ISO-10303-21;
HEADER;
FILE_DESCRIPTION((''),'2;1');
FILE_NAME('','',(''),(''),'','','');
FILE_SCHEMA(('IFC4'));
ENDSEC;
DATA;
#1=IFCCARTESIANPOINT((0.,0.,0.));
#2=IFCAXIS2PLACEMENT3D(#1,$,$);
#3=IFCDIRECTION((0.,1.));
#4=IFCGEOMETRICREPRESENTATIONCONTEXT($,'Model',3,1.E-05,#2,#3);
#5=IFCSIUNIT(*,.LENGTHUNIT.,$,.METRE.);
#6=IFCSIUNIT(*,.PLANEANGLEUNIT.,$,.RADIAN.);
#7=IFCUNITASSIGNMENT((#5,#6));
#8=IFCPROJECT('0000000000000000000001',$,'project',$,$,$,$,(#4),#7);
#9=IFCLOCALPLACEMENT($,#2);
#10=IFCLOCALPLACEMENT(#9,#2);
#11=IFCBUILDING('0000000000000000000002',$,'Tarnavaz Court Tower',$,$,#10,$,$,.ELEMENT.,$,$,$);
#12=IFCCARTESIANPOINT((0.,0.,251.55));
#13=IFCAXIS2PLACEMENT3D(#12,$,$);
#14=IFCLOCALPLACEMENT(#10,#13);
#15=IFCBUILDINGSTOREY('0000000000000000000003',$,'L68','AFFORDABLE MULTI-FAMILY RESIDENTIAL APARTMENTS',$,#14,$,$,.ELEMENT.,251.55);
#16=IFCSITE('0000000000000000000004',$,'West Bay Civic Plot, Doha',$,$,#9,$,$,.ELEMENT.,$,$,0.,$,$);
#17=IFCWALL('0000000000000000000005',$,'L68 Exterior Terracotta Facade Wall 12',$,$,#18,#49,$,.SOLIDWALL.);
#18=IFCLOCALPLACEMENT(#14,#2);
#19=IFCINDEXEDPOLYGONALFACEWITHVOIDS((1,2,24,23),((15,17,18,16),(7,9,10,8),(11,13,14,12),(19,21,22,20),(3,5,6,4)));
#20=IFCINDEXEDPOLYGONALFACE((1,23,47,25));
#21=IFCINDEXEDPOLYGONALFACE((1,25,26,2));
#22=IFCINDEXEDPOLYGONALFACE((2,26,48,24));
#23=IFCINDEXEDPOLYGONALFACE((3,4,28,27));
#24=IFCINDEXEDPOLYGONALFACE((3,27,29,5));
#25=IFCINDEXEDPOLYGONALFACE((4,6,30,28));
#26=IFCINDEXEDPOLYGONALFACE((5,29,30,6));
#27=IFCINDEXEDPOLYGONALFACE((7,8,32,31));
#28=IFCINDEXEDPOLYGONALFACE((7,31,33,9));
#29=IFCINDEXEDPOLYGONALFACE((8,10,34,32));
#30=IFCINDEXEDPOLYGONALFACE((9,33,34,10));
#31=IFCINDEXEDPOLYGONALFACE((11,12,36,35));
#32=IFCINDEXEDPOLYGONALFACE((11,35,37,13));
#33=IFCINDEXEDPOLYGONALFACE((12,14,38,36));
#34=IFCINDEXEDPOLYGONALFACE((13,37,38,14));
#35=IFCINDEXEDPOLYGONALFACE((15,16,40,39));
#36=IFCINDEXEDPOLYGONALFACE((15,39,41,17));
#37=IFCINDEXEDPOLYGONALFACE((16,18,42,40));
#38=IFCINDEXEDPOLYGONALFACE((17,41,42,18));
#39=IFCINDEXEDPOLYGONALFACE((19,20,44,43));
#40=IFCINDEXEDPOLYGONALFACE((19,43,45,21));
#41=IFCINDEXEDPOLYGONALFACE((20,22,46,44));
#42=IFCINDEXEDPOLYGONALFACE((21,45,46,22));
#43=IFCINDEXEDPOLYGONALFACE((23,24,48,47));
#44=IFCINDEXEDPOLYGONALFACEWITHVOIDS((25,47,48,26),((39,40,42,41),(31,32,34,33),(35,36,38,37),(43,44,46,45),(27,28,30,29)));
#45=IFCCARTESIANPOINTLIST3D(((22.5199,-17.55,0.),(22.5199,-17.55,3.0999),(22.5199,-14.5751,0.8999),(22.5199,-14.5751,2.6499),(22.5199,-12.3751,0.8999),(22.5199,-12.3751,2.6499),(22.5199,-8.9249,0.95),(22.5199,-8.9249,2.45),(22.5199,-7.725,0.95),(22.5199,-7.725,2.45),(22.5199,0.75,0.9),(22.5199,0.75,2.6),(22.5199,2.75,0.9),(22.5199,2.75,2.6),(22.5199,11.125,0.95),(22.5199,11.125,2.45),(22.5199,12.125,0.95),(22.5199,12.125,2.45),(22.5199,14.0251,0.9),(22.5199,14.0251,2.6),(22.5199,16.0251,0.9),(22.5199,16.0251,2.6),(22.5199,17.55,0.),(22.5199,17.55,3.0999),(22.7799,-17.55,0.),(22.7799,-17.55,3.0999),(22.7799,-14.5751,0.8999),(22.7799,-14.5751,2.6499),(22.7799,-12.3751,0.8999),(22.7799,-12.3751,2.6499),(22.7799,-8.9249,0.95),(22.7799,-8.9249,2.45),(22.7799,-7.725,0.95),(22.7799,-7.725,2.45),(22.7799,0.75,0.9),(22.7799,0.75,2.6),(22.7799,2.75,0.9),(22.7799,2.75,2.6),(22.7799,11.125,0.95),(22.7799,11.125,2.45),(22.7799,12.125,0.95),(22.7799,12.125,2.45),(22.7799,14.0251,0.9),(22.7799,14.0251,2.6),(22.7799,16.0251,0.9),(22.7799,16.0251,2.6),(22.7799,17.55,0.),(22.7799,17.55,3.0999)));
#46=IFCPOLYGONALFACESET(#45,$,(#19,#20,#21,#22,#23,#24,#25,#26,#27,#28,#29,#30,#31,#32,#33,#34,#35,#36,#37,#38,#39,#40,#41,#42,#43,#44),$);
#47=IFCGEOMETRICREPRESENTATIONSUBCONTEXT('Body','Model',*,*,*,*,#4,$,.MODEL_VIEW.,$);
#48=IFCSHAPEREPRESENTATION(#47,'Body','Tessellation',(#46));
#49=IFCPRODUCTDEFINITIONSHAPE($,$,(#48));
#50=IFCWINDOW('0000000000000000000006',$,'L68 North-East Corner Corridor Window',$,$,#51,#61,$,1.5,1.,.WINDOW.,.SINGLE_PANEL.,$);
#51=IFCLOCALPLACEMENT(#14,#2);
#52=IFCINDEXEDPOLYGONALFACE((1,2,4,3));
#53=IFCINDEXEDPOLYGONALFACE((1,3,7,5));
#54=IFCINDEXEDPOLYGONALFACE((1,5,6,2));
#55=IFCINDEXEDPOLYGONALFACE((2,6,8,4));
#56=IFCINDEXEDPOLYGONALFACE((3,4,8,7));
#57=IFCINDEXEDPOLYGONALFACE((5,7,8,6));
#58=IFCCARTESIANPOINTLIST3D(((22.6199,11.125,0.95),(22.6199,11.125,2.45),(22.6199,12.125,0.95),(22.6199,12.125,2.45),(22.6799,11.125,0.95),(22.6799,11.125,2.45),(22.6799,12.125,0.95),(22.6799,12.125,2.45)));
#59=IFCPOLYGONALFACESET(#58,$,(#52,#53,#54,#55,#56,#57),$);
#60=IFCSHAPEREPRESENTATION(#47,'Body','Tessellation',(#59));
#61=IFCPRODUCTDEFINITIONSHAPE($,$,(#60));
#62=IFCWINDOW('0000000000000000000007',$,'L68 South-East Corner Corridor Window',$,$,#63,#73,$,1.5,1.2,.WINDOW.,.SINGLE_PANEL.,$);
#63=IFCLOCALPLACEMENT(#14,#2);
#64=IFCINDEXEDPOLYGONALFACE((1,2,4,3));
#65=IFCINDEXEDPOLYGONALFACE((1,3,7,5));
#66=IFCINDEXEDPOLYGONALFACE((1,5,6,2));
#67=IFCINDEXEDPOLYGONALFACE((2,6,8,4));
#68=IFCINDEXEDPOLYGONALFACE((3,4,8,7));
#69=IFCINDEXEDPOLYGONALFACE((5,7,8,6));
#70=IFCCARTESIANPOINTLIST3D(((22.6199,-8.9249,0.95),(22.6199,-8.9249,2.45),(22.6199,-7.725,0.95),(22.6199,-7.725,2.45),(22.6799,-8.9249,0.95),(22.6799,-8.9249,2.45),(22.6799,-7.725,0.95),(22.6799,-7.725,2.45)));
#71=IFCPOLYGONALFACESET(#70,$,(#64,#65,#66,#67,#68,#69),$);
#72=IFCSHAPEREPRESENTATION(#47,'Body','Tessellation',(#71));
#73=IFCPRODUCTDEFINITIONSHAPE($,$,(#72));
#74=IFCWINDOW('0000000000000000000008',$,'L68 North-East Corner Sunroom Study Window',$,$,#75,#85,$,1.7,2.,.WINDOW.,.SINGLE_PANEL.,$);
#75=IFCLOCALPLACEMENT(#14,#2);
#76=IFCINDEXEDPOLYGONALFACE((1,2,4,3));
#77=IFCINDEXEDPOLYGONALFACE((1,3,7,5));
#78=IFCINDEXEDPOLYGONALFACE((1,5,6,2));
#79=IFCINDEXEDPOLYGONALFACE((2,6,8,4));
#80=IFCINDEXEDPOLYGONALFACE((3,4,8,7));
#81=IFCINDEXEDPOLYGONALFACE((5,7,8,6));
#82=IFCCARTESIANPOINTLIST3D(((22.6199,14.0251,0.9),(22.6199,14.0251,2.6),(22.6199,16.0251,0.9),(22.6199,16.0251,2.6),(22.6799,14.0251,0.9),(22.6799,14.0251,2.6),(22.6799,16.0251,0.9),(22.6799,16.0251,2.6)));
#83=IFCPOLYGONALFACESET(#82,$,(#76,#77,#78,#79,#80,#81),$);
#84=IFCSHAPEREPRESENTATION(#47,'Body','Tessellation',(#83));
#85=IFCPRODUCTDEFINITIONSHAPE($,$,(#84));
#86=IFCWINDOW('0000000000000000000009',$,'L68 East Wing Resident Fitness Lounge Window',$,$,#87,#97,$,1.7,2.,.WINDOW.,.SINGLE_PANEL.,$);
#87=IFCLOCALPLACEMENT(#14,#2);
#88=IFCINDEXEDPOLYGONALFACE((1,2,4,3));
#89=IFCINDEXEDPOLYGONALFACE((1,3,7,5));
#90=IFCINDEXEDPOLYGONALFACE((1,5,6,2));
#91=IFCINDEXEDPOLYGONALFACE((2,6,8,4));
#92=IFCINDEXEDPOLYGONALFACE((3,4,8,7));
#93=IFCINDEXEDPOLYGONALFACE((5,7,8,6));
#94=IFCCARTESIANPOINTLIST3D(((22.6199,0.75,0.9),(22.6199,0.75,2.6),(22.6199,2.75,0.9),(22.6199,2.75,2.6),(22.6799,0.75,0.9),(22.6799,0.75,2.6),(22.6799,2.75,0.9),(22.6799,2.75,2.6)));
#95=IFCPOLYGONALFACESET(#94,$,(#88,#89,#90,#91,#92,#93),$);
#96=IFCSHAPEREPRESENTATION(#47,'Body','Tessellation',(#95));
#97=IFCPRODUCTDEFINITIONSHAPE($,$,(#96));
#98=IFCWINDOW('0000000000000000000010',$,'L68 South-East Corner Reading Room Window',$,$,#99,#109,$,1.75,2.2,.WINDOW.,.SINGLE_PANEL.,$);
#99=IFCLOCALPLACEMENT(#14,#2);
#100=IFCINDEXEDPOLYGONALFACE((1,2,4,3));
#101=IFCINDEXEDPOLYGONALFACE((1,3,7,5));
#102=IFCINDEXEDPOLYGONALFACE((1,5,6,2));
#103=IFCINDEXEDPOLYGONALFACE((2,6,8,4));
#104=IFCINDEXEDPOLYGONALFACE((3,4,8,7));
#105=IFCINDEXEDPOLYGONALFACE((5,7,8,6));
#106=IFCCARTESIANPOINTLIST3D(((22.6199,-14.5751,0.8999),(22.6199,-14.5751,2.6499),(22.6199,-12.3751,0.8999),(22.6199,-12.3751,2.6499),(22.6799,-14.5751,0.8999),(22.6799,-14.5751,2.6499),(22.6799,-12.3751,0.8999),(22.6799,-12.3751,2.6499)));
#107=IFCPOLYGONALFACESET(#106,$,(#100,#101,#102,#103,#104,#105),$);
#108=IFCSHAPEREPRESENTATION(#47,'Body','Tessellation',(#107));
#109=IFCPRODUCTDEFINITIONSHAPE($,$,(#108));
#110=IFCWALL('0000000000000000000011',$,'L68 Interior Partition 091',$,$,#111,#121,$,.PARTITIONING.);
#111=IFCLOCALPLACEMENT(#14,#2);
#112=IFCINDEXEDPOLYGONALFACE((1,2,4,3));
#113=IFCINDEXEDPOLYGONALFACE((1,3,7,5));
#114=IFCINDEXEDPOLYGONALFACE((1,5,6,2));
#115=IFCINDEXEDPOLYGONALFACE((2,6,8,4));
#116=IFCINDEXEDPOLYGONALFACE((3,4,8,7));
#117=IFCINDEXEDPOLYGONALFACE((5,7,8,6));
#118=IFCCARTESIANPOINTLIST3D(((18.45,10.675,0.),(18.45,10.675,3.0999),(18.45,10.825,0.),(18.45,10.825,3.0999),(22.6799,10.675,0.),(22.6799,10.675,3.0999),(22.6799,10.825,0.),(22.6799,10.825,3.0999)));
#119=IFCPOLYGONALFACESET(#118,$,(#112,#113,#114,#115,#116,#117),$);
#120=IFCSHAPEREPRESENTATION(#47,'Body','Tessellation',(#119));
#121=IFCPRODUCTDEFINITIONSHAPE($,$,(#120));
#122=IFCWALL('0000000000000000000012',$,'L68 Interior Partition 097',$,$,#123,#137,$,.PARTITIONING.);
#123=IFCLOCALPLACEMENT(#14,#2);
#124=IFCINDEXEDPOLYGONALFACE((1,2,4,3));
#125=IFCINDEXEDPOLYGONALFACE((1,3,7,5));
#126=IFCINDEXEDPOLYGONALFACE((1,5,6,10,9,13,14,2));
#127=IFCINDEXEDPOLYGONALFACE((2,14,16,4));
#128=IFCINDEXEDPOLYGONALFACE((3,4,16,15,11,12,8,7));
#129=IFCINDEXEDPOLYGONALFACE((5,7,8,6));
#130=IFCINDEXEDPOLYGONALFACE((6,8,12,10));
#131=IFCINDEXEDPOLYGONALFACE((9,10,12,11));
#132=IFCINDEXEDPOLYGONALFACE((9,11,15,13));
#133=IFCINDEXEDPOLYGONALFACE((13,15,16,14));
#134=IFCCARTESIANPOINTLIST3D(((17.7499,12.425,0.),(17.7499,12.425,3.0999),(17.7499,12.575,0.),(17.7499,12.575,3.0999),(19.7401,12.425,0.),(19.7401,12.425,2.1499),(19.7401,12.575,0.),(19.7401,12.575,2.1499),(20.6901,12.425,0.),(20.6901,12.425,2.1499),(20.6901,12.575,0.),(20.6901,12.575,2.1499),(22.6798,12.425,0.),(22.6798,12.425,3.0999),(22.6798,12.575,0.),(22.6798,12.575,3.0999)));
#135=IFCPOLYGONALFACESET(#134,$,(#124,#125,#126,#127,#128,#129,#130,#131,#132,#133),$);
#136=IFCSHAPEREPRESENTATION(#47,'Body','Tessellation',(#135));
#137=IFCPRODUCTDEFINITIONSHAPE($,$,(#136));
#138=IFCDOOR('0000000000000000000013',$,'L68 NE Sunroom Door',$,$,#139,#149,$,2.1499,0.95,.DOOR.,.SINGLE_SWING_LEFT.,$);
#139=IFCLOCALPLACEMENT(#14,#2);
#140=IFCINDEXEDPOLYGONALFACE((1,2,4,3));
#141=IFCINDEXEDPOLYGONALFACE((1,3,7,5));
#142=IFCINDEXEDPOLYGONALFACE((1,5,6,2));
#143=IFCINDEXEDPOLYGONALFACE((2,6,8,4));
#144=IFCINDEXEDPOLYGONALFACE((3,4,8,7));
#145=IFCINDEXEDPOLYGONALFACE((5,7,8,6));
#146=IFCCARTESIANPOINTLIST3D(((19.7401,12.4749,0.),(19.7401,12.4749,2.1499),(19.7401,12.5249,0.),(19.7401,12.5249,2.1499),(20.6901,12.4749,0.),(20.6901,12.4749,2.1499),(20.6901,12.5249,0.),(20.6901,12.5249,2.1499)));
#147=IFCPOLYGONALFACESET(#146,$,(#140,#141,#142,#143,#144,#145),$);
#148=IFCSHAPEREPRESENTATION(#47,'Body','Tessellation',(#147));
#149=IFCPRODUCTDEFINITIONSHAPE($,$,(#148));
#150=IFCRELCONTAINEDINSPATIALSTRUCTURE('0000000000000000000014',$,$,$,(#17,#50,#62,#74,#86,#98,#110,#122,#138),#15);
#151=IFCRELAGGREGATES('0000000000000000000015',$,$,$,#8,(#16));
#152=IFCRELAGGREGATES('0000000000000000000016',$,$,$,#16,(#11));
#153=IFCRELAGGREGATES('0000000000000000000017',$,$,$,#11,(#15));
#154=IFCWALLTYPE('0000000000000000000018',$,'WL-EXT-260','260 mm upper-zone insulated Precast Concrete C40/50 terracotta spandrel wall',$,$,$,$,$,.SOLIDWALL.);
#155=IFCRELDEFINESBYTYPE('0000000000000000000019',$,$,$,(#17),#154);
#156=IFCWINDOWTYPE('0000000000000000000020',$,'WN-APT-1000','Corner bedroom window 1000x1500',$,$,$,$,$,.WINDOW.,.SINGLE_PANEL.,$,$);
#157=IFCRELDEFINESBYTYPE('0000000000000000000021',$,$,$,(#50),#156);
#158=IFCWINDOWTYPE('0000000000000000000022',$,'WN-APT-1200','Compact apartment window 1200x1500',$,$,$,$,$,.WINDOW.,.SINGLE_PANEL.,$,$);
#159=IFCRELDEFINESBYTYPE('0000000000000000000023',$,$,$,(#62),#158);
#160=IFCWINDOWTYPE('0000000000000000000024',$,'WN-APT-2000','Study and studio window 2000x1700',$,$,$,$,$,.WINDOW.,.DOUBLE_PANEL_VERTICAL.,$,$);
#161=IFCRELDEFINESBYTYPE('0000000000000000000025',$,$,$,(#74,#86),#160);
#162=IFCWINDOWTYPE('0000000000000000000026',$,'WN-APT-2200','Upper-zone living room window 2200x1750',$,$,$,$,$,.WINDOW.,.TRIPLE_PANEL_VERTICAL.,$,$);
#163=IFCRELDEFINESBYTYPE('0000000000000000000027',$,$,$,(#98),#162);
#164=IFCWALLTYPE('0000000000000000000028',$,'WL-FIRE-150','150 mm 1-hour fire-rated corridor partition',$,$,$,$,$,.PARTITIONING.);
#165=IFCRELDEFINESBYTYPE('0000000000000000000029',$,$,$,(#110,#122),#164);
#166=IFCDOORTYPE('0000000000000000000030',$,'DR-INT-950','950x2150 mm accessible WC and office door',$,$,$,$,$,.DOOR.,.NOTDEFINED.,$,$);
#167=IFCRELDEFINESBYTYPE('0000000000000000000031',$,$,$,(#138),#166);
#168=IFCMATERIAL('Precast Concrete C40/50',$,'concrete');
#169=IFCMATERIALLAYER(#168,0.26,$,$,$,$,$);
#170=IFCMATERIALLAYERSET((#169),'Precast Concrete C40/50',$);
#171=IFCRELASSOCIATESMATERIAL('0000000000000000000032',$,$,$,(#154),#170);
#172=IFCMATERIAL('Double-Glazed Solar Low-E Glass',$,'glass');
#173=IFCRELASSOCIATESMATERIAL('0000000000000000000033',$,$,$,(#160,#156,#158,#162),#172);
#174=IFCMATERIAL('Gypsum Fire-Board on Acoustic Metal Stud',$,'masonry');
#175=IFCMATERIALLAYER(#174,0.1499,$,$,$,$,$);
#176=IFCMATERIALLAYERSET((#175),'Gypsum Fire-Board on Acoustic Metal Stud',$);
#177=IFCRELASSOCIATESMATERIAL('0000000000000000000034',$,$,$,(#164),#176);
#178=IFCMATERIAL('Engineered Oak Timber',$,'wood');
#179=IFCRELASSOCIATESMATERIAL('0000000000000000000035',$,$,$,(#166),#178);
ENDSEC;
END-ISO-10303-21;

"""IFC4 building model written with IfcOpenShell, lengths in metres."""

from ifc_helpers import new_model, si_unit, direction, frame, frame_2d, origin, place, context, subcontext, project, spatial, rectangle, extrude, material, layer, layer_set, type_object, element, fill, save


model = new_model("IFC4")

# Units and contexts
model_context = context("Model", 3, precision=1e-05, world=origin(), true_north=direction((0.0, 1.0)))
body_context = subcontext(model_context, "Body", "Model", "MODEL_VIEW")
ifc_project = project(units=[si_unit("LENGTHUNIT", "METRE"), si_unit("PLANEANGLEUNIT", "RADIAN")], contexts=[model_context])

# Site, building, storey
site_placement = place(None, origin())
site = spatial("IfcSite", under=ifc_project, at=site_placement, Name="West Bay Civic Plot, Doha", CompositionType="ELEMENT", RefElevation=0.0)
building_placement = place(site_placement, origin())
building = spatial("IfcBuilding", under=site, at=building_placement, Name="Tarnavaz Court Tower", CompositionType="ELEMENT")
storey_placement = place(building_placement, frame((0.0, 0.0, 251.55)))
storey = spatial("IfcBuildingStorey", under=building, at=storey_placement, Name="L68", Description="AFFORDABLE MULTI-FAMILY RESIDENTIAL APARTMENTS", CompositionType="ELEMENT", Elevation=251.55)

# Shared definitions
ifc_material_1 = material(Name="Precast Concrete C40/50", Category="concrete")
ifc_layer_1 = layer(ifc_material_1, 0.26)
ifc_layer_set_1 = layer_set([ifc_layer_1], Name="Precast Concrete C40/50")
wall_type_1 = type_object("IfcWallType", Name="WL-EXT-260", Description="260 mm upper-zone insulated Precast Concrete C40/50 terracotta spandrel wall", PredefinedType="SOLIDWALL", material=ifc_layer_set_1)
ifc_material_2 = material(Name="Double-Glazed Solar Low-E Glass", Category="glass")
window_type_1 = type_object("IfcWindowType", Name="WN-APT-2000", Description="Study and studio window 2000x1700", PartitioningType="DOUBLE_PANEL_VERTICAL", PredefinedType="WINDOW", material=ifc_material_2)

# Wall, openings, windows
wall_1_placement = place(storey_placement, frame((22.6499, 17.55, 0.0), z_axis=(0.0, 0.0, 1.0), x_axis=(0.0, -1.0, 0.0)))
wall_1 = element("IfcWall", 1, at=wall_1_placement, inside=storey, type_object=wall_type_1, Name="L68 Exterior Terracotta Facade Wall 12", PredefinedType="SOLIDWALL", context=body_context, shape_type="SweptSolid", body=[
    extrude(rectangle(XDim=35.1001, YDim=0.26, at=frame_2d((17.55, 0.0))), origin(), (0.0, 0.0, 1.0), 3.0999),
])
opening_1_placement = place(wall_1_placement, frame((1.5249, 0.0, 0.8999)))
opening_1 = element("IfcOpeningElement", 2, at=opening_1_placement, cuts=wall_1, PredefinedType="OPENING", context=body_context, shape_type="SweptSolid", body=[
    extrude(rectangle(XDim=2.0, YDim=1.7, at=frame_2d((1.0, 0.8501))), frame((0.0, 0.1399, 0.0), z_axis=(0.0, -1.0, 0.0), x_axis=(1.0, 0.0, 0.0)), (0.0, 0.0, 1.0), 0.28),
])
opening_2_placement = place(wall_1_placement, frame((5.425, 0.0, 0.95)))
opening_2 = element("IfcOpeningElement", 3, at=opening_2_placement, cuts=wall_1, PredefinedType="OPENING", context=body_context, shape_type="SweptSolid", body=[
    extrude(rectangle(XDim=1.0, YDim=1.5, at=frame_2d((0.5, 0.75))), frame((0.0, 0.1399, 0.0), z_axis=(0.0, -1.0, 0.0), x_axis=(1.0, 0.0, 0.0)), (0.0, 0.0, 1.0), 0.28),
])
opening_3_placement = place(wall_1_placement, frame((14.8, 0.0, 0.8999)))
opening_3 = element("IfcOpeningElement", 4, at=opening_3_placement, cuts=wall_1, PredefinedType="OPENING", context=body_context, shape_type="SweptSolid", body=[
    extrude(rectangle(XDim=2.0, YDim=1.7, at=frame_2d((1.0, 0.8501))), frame((0.0, 0.1399, 0.0), z_axis=(0.0, -1.0, 0.0), x_axis=(1.0, 0.0, 0.0)), (0.0, 0.0, 1.0), 0.28),
])
opening_4_placement = place(wall_1_placement, frame((25.2749, 0.0, 0.95)))
opening_4 = element("IfcOpeningElement", 5, at=opening_4_placement, cuts=wall_1, PredefinedType="OPENING", context=body_context, shape_type="SweptSolid", body=[
    extrude(rectangle(XDim=1.2, YDim=1.5, at=frame_2d((0.6001, 0.75))), frame((0.0, 0.1399, 0.0), z_axis=(0.0, -1.0, 0.0), x_axis=(1.0, 0.0, 0.0)), (0.0, 0.0, 1.0), 0.28),
])
opening_5_placement = place(wall_1_placement, frame((29.925, 0.0, 0.8999)))
opening_5 = element("IfcOpeningElement", 6, at=opening_5_placement, cuts=wall_1, PredefinedType="OPENING", context=body_context, shape_type="SweptSolid", body=[
    extrude(rectangle(XDim=2.2, YDim=1.75, at=frame_2d((1.1001, 0.875))), frame((0.0, 0.1399, 0.0), z_axis=(0.0, -1.0, 0.0), x_axis=(1.0, 0.0, 0.0)), (0.0, 0.0, 1.0), 0.28),
])
window_type_2 = type_object("IfcWindowType", Name="WN-APT-1000", Description="Corner bedroom window 1000x1500", PartitioningType="SINGLE_PANEL", PredefinedType="WINDOW", material=ifc_material_2)
window_1_placement = place(opening_2_placement, origin())
window_1 = element("IfcWindow", 7, at=window_1_placement, inside=storey, type_object=window_type_2, Name="L68 North-East Corner Corridor Window", OverallHeight=1.5, OverallWidth=1.0, PartitioningType="SINGLE_PANEL", PredefinedType="WINDOW", context=body_context, shape_type="SweptSolid", body=[
    extrude(rectangle(XDim=1.0, YDim=1.5, at=frame_2d((0.5, 0.75))), frame((0.0, 0.03, 0.0), z_axis=(0.0, -1.0, 0.0), x_axis=(1.0, 0.0, 0.0)), (0.0, 0.0, 1.0), 0.0601),
])
fill(opening_2, window_1)
window_type_3 = type_object("IfcWindowType", Name="WN-APT-1200", Description="Compact apartment window 1200x1500", PartitioningType="SINGLE_PANEL", PredefinedType="WINDOW", material=ifc_material_2)
window_2_placement = place(opening_4_placement, origin())
window_2 = element("IfcWindow", 8, at=window_2_placement, inside=storey, type_object=window_type_3, Name="L68 South-East Corner Corridor Window", OverallHeight=1.5, OverallWidth=1.2, PartitioningType="SINGLE_PANEL", PredefinedType="WINDOW", context=body_context, shape_type="SweptSolid", body=[
    extrude(rectangle(XDim=1.2, YDim=1.5, at=frame_2d((0.6001, 0.75))), frame((0.0, 0.03, 0.0), z_axis=(0.0, -1.0, 0.0), x_axis=(1.0, 0.0, 0.0)), (0.0, 0.0, 1.0), 0.0601),
])
fill(opening_4, window_2)
window_3_placement = place(opening_1_placement, origin())
window_3 = element("IfcWindow", 9, at=window_3_placement, inside=storey, type_object=window_type_1, Name="L68 North-East Corner Sunroom Study Window", OverallHeight=1.7, OverallWidth=2.0, PartitioningType="SINGLE_PANEL", PredefinedType="WINDOW", context=body_context, shape_type="SweptSolid", body=[
    extrude(rectangle(XDim=2.0, YDim=1.7, at=frame_2d((1.0, 0.8501))), frame((0.0, 0.03, 0.0), z_axis=(0.0, -1.0, 0.0), x_axis=(1.0, 0.0, 0.0)), (0.0, 0.0, 1.0), 0.0601),
])
fill(opening_1, window_3)
window_4_placement = place(opening_3_placement, origin())
window_4 = element("IfcWindow", 10, at=window_4_placement, inside=storey, type_object=window_type_1, Name="L68 East Wing Resident Fitness Lounge Window", OverallHeight=1.7, OverallWidth=2.0, PartitioningType="SINGLE_PANEL", PredefinedType="WINDOW", context=body_context, shape_type="SweptSolid", body=[
    extrude(rectangle(XDim=2.0, YDim=1.7, at=frame_2d((1.0, 0.8501))), frame((0.0, 0.03, 0.0), z_axis=(0.0, -1.0, 0.0), x_axis=(1.0, 0.0, 0.0)), (0.0, 0.0, 1.0), 0.0601),
])
fill(opening_3, window_4)
window_type_4 = type_object("IfcWindowType", Name="WN-APT-2200", Description="Upper-zone living room window 2200x1750", PartitioningType="TRIPLE_PANEL_VERTICAL", PredefinedType="WINDOW", material=ifc_material_2)
window_5_placement = place(opening_5_placement, origin())
window_5 = element("IfcWindow", 11, at=window_5_placement, inside=storey, type_object=window_type_4, Name="L68 South-East Corner Reading Room Window", OverallHeight=1.75, OverallWidth=2.2, PartitioningType="SINGLE_PANEL", PredefinedType="WINDOW", context=body_context, shape_type="SweptSolid", body=[
    extrude(rectangle(XDim=2.2, YDim=1.75, at=frame_2d((1.1001, 0.875))), frame((0.0, 0.03, 0.0), z_axis=(0.0, -1.0, 0.0), x_axis=(1.0, 0.0, 0.0)), (0.0, 0.0, 1.0), 0.0601),
])
fill(opening_5, window_5)

# Wall
ifc_material_3 = material(Name="Gypsum Fire-Board on Acoustic Metal Stud", Category="masonry")
ifc_layer_2 = layer(ifc_material_3, 0.1499)
ifc_layer_set_2 = layer_set([ifc_layer_2], Name="Gypsum Fire-Board on Acoustic Metal Stud")
wall_type_2 = type_object("IfcWallType", Name="WL-FIRE-150", Description="150 mm 1-hour fire-rated corridor partition", PredefinedType="PARTITIONING", material=ifc_layer_set_2)
wall_2_placement = place(storey_placement, frame((18.45, 10.75, 0.0), z_axis=(0.0, 0.0, 1.0), x_axis=(1.0, 0.0, 0.0)))
element("IfcWall", 12, at=wall_2_placement, inside=storey, type_object=wall_type_2, Name="L68 Interior Partition 091", PredefinedType="PARTITIONING", context=body_context, shape_type="SweptSolid", body=[
    extrude(rectangle(XDim=4.23, YDim=0.1499, at=frame_2d((2.115, 0.0))), origin(), (0.0, 0.0, 1.0), 3.0999),
])

# Wall, opening, door
wall_3_placement = place(storey_placement, frame((17.75, 12.5, 0.0), z_axis=(0.0, 0.0, 1.0), x_axis=(1.0, 0.0, 0.0)))
wall_3 = element("IfcWall", 13, at=wall_3_placement, inside=storey, type_object=wall_type_2, Name="L68 Interior Partition 097", PredefinedType="PARTITIONING", context=body_context, shape_type="SweptSolid", body=[
    extrude(rectangle(XDim=4.9299, YDim=0.1499, at=frame_2d((2.4648, 0.0))), origin(), (0.0, 0.0, 1.0), 3.0999),
])
opening_6_placement = place(wall_3_placement, frame((1.99, 0.0, 0.0)))
opening_6 = element("IfcOpeningElement", 14, at=opening_6_placement, cuts=wall_3, PredefinedType="OPENING", context=body_context, shape_type="SweptSolid", body=[
    extrude(rectangle(XDim=0.95, YDim=2.1499, at=frame_2d((0.4751, 1.075))), frame((0.0, 0.085, 0.0), z_axis=(0.0, -1.0, 0.0), x_axis=(1.0, 0.0, 0.0)), (0.0, 0.0, 1.0), 0.1699),
])
ifc_material_4 = material(Name="Engineered Oak Timber", Category="wood")
door_type_1 = type_object("IfcDoorType", Name="DR-INT-950", Description="950x2150 mm accessible WC and office door", OperationType="NOTDEFINED", PredefinedType="DOOR", material=ifc_material_4)
door_1_placement = place(opening_6_placement, origin())
door_1 = element("IfcDoor", 15, at=door_1_placement, inside=storey, type_object=door_type_1, Name="L68 NE Sunroom Door", OperationType="SINGLE_SWING_LEFT", OverallHeight=2.1499, OverallWidth=0.95, PredefinedType="DOOR", context=body_context, shape_type="SweptSolid", body=[
    extrude(rectangle(XDim=0.95, YDim=2.1499, at=frame_2d((0.4751, 1.075))), frame((0.0, 0.0249, 0.0), z_axis=(0.0, -1.0, 0.0), x_axis=(1.0, 0.0, 0.0)), (0.0, 0.0, 1.0), 0.05),
])
fill(opening_6, door_1)

save(model, "model.ifc")
